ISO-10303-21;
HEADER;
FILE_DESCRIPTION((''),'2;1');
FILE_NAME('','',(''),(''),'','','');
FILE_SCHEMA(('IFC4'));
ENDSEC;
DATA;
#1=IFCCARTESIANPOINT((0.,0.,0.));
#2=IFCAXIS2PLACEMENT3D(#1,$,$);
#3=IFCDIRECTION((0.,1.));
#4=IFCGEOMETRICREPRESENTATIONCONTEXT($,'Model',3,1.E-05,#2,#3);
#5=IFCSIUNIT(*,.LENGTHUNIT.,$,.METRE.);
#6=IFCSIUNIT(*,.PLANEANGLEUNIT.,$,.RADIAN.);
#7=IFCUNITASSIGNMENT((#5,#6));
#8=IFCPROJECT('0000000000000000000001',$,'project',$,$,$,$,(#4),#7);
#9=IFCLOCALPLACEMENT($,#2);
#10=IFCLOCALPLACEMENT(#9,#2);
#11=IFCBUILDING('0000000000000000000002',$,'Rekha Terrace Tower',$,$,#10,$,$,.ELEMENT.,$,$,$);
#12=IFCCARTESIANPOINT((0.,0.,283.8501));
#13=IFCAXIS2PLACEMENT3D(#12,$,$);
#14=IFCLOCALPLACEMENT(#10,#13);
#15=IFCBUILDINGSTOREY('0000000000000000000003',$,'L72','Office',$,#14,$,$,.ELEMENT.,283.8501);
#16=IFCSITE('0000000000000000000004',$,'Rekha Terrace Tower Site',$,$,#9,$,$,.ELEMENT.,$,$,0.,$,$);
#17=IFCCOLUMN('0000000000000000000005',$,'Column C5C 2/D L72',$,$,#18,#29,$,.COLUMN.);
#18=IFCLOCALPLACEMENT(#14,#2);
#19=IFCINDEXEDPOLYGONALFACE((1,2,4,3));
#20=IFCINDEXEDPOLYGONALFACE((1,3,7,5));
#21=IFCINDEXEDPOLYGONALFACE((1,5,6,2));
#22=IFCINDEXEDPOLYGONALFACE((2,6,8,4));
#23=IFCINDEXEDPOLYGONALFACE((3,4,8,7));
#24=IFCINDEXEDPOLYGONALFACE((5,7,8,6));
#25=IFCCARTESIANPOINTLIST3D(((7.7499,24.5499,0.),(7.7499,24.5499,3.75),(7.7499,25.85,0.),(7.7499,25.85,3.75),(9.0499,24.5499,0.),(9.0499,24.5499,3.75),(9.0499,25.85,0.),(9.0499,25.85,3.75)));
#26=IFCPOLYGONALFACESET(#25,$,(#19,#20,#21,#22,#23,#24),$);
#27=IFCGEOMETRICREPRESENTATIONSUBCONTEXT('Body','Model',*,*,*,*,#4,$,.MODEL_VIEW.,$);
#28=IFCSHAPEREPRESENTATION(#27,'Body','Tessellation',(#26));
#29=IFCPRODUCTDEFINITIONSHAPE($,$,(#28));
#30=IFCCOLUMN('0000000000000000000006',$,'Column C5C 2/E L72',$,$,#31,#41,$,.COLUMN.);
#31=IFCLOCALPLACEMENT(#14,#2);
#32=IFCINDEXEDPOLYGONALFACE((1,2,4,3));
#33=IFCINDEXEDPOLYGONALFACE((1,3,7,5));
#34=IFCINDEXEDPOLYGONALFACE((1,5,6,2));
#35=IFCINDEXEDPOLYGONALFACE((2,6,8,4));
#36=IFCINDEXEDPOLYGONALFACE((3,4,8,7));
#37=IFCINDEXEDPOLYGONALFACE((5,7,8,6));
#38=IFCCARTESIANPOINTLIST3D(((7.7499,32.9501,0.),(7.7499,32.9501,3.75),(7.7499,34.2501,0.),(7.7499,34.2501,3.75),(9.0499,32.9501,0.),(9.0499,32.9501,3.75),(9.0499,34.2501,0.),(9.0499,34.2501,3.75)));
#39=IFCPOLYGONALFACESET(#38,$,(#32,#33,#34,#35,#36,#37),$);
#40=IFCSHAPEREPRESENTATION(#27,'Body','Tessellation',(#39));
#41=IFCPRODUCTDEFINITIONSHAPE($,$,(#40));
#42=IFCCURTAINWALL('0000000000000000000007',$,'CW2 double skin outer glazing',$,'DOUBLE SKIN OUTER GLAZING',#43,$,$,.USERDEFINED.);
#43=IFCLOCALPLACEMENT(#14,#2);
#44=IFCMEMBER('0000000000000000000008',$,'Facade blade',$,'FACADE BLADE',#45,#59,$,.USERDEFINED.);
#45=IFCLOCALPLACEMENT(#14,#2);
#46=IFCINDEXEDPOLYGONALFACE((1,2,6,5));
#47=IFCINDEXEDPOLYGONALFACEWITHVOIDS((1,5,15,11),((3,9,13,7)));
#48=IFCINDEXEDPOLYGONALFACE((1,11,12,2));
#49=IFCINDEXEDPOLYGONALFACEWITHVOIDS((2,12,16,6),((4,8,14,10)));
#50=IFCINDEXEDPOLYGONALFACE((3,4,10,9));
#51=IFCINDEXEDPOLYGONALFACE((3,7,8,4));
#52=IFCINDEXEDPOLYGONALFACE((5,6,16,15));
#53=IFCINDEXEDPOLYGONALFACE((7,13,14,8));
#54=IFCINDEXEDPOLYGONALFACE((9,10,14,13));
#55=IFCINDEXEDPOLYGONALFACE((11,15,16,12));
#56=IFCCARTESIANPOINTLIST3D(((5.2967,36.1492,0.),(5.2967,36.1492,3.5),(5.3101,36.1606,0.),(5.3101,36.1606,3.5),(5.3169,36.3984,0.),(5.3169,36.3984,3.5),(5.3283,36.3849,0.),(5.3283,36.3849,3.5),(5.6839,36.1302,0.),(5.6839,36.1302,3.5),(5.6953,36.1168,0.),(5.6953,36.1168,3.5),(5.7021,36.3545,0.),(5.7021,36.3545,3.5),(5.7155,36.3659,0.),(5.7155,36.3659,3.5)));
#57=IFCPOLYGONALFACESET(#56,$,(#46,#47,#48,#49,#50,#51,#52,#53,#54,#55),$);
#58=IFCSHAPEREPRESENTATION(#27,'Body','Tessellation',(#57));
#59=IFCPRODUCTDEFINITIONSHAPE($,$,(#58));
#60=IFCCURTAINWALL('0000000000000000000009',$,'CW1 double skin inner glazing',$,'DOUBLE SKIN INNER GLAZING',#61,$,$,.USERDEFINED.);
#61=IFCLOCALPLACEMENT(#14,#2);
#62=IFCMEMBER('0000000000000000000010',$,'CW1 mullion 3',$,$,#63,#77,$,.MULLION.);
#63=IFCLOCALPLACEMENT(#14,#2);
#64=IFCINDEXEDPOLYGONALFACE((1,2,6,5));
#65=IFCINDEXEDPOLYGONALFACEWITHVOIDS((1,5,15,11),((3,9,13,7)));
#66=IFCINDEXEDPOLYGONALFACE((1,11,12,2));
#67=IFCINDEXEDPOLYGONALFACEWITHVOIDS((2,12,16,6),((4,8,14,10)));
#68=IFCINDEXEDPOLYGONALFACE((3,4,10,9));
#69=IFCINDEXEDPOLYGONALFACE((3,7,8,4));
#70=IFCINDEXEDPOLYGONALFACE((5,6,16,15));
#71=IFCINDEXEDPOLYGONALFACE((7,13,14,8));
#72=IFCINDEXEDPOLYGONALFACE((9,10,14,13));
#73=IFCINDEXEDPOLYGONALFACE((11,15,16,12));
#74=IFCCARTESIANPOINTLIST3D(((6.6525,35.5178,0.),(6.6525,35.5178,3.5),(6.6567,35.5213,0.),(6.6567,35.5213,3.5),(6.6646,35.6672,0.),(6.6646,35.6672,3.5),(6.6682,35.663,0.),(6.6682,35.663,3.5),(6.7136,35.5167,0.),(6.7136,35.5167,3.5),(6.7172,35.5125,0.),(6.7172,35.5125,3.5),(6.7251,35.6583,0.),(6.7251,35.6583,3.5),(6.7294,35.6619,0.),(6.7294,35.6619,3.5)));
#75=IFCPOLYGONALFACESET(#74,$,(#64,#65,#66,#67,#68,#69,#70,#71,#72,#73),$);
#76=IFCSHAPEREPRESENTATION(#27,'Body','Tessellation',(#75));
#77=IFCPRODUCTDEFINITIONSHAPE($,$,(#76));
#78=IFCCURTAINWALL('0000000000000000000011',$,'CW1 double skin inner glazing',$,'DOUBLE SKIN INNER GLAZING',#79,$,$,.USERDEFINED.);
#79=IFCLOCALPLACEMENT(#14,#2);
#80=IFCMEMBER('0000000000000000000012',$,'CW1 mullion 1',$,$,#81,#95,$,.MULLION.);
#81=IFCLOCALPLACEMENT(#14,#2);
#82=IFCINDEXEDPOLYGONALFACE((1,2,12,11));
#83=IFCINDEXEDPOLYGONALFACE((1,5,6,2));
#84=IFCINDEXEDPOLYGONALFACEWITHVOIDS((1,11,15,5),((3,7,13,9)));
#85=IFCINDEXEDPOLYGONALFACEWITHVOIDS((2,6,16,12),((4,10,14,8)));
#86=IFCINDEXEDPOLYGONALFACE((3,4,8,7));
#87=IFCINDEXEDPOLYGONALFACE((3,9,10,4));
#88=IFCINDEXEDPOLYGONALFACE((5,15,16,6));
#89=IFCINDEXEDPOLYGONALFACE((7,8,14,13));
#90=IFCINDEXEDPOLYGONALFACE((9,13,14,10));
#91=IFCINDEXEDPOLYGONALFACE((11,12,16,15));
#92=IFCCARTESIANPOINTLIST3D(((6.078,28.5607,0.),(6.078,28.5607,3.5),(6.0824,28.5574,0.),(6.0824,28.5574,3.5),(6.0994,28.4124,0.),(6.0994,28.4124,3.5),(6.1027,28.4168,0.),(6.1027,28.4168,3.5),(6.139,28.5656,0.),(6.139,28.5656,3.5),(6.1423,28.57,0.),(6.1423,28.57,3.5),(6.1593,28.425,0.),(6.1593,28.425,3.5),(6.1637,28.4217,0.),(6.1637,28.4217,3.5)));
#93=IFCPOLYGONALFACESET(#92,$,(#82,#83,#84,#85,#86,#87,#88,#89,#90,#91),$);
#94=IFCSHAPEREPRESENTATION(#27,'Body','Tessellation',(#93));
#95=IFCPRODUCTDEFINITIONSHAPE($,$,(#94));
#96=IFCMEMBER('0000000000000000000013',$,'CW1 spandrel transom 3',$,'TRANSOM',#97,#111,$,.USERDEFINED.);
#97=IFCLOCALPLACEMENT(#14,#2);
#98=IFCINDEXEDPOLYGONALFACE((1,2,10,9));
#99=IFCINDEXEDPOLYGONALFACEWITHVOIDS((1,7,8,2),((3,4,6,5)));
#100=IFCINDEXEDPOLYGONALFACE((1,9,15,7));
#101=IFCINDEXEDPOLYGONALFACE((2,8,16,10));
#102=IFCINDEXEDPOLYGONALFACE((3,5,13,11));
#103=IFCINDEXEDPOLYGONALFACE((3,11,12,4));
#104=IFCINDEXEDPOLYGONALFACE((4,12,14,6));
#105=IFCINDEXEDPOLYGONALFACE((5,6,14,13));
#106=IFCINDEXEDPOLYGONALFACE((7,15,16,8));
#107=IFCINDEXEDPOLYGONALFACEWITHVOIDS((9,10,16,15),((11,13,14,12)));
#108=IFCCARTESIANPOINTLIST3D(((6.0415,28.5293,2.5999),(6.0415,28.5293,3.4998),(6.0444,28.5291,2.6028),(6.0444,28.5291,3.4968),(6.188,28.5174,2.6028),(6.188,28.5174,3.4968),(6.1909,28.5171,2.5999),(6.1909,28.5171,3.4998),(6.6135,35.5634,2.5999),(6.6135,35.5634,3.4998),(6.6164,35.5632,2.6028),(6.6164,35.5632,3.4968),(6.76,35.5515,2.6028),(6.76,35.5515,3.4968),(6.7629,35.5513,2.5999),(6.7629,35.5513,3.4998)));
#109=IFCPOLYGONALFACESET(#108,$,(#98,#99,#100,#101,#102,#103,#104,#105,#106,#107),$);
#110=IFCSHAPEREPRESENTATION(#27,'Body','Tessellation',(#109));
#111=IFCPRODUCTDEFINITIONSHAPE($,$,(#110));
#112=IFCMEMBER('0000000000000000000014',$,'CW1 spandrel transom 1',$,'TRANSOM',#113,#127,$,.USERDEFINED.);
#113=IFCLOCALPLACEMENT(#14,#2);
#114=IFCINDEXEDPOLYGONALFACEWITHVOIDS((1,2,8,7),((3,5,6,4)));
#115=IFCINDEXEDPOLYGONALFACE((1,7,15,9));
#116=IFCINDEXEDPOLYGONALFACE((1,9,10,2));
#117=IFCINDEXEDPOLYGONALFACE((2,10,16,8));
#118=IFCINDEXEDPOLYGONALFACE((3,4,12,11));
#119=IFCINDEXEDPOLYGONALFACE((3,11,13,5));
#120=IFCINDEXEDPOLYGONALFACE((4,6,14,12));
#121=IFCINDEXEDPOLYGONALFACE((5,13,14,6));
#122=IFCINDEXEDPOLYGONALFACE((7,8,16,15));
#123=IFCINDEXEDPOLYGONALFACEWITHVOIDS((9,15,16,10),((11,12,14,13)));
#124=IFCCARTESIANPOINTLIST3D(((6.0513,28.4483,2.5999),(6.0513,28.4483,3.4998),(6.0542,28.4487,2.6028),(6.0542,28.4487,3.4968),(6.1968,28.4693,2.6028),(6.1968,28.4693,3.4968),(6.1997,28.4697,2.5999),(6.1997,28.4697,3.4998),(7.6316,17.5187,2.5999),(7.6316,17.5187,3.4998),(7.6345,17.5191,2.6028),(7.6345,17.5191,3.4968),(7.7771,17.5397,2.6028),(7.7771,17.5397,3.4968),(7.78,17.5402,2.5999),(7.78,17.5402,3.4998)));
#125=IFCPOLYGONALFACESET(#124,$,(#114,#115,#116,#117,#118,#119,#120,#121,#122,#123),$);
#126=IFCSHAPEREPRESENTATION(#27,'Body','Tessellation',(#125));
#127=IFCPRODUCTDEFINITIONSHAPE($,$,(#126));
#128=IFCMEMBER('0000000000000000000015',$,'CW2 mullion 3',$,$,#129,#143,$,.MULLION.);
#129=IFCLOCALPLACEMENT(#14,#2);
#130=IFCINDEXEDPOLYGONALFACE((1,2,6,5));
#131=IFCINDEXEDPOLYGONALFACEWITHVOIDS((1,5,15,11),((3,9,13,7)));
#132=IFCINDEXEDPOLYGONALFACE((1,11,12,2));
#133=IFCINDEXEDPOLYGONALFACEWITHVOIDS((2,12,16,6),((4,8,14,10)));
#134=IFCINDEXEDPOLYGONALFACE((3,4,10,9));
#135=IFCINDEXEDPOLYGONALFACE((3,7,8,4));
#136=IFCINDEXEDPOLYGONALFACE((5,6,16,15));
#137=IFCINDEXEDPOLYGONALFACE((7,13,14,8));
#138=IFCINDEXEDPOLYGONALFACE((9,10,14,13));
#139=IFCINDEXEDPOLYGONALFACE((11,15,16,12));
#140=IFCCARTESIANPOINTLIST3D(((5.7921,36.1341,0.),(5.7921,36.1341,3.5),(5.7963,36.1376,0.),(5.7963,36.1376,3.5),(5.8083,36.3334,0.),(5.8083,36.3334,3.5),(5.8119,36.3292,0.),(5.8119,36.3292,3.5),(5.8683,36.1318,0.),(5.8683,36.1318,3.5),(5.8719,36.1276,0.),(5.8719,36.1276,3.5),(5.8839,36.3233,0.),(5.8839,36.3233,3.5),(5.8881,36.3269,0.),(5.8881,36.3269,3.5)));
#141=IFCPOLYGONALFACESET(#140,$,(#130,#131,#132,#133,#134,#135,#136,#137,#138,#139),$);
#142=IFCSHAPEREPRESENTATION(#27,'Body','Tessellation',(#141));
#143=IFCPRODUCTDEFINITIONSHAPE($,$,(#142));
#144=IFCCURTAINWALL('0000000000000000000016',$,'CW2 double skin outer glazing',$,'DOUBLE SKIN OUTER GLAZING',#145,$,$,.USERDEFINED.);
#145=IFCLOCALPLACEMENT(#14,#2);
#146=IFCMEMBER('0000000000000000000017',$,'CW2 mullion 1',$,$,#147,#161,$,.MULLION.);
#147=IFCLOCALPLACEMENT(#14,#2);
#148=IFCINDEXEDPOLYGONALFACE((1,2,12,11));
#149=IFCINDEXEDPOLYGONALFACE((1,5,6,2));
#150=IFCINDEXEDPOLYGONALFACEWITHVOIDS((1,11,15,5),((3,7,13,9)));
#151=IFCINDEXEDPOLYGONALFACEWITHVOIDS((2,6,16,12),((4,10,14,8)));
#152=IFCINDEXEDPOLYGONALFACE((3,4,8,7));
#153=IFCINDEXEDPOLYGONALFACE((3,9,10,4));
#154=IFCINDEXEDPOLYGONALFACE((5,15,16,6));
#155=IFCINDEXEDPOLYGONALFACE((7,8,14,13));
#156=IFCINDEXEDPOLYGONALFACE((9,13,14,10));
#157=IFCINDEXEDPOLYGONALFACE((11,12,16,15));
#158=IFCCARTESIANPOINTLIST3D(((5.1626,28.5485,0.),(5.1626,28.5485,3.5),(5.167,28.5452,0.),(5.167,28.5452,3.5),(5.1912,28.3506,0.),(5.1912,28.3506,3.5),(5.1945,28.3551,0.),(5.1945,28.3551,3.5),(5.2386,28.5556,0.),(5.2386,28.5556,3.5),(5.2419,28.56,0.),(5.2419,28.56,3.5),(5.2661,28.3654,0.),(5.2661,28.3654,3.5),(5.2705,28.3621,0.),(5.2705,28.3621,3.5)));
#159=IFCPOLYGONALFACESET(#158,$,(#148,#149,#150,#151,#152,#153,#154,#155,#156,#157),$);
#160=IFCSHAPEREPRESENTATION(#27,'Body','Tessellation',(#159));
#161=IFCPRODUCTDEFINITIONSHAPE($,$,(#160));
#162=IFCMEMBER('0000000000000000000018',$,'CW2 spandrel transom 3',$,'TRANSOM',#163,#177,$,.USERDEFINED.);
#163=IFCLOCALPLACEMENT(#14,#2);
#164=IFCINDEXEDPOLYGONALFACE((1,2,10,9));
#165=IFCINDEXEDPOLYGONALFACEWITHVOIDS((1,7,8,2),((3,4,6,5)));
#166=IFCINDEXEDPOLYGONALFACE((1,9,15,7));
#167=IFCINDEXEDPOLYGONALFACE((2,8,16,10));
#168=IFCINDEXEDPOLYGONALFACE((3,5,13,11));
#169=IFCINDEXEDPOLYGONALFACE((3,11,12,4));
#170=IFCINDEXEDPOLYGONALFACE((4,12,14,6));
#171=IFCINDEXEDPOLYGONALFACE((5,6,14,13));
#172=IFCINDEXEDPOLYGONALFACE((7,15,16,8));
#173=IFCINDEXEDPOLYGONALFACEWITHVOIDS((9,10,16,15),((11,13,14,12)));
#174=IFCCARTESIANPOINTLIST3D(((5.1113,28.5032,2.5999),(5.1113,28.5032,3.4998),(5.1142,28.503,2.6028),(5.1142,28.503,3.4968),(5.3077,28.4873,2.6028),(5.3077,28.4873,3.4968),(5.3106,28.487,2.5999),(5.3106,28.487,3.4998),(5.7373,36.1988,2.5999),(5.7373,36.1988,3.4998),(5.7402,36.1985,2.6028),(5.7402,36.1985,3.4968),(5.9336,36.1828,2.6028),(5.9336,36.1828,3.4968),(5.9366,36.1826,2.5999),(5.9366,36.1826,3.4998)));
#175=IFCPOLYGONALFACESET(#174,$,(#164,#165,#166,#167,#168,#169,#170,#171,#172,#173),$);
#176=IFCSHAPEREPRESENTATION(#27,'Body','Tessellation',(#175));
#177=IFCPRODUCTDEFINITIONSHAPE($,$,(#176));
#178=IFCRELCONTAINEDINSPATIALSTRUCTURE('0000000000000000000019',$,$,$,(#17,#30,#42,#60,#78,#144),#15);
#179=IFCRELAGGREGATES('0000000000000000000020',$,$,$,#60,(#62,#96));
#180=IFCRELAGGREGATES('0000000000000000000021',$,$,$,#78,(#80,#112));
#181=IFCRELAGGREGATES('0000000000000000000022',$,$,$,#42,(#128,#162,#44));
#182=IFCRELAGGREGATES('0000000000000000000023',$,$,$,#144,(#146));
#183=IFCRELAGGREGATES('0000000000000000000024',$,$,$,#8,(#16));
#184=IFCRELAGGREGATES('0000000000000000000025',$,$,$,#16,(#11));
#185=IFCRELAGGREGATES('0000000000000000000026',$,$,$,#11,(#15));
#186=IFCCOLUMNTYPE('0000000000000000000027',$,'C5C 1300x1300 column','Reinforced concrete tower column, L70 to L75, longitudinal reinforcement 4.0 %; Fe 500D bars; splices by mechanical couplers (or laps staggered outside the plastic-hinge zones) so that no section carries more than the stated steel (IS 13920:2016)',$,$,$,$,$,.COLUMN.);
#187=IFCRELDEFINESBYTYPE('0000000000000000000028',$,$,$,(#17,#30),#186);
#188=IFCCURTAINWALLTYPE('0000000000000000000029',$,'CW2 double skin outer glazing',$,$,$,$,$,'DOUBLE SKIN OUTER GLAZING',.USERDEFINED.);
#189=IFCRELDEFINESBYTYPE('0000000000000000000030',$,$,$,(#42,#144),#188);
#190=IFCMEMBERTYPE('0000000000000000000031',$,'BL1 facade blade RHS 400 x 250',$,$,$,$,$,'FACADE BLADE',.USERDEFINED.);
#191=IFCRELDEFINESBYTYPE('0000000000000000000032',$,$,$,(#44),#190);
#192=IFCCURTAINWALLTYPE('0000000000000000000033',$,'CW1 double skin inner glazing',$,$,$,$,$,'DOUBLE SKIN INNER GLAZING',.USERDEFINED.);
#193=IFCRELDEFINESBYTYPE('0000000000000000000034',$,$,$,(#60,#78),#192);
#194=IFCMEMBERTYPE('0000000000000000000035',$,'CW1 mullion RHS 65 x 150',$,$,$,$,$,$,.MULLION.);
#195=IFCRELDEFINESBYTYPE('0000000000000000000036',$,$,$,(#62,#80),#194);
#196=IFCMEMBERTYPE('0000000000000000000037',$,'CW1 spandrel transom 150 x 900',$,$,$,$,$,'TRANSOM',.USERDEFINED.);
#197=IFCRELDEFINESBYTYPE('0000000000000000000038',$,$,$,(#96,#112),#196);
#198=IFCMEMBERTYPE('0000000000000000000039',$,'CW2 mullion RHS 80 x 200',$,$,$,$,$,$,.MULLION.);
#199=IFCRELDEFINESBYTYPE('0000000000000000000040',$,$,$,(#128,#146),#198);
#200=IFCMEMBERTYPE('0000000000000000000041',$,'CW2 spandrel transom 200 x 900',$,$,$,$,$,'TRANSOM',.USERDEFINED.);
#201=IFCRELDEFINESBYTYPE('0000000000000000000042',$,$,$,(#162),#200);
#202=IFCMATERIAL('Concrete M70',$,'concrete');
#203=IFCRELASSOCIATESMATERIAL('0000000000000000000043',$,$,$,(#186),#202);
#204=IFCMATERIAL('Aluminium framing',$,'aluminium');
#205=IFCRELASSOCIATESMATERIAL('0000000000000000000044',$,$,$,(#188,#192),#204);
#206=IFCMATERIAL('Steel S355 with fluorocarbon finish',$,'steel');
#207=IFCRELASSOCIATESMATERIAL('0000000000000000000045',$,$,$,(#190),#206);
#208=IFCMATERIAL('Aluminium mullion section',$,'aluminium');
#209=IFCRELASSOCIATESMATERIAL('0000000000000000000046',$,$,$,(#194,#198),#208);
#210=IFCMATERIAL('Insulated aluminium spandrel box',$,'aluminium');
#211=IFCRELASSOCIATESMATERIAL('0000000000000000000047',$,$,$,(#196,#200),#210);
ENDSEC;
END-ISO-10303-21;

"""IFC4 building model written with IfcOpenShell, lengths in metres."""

from ifc_helpers import new_model, si_unit, direction, frame, origin, origin_2d, place, context, subcontext, project, spatial, rectangle, hollow_rectangle, extrude, material, material_profile, profile_set, type_object, element, aggregate, save


model = new_model("IFC4")

# Units and contexts
model_context = context("Model", 3, precision=1e-05, world=origin(), true_north=direction((0.0, 1.0)))
body_context = subcontext(model_context, "Body", "Model", "MODEL_VIEW")
ifc_project = project(units=[si_unit("LENGTHUNIT", "METRE"), si_unit("PLANEANGLEUNIT", "RADIAN")], contexts=[model_context])

# Site, building, storey
site_placement = place(None, origin())
site = spatial("IfcSite", under=ifc_project, at=site_placement, Name="Rekha Terrace Tower Site", CompositionType="ELEMENT", RefElevation=0.0)
building_placement = place(site_placement, origin())
building = spatial("IfcBuilding", under=site, at=building_placement, Name="Rekha Terrace Tower", CompositionType="ELEMENT")
storey_placement = place(building_placement, frame((0.0, 0.0, 283.8501)))
storey = spatial("IfcBuildingStorey", under=building, at=storey_placement, Name="L72", Description="Office", CompositionType="ELEMENT", Elevation=283.8501)

# Columns
ifc_material_1 = material(Name="Concrete M70", Category="concrete")
ifc_material_profile_1 = material_profile(ifc_material_1, rectangle(XDim=1.3, YDim=1.3, at=origin_2d()), Name="RC 1300x1300")
ifc_profile_set_1 = profile_set([ifc_material_profile_1], Name="Concrete M70")
column_type = type_object("IfcColumnType", Name="C5C 1300x1300 column", Description="Reinforced concrete tower column, L70 to L75, longitudinal reinforcement 4.0 %; Fe 500D bars; splices by mechanical couplers (or laps staggered outside the plastic-hinge zones) so that no section carries more than the stated steel (IS 13920:2016)", PredefinedType="COLUMN", material=ifc_profile_set_1)
for number, where, z_axis, x_axis, name in (
    (1, (8.3999, 25.2, 0.0), (0.0, 0.0, 1.0), (1.0, 0.0, 0.0), "Column C5C 2/D L72"),
    (2, (8.3999, 33.6001, 0.0), (0.0, 0.0, 1.0), (1.0, 0.0, 0.0), "Column C5C 2/E L72"),
):
    element("IfcColumn", number, at=place(storey_placement, frame(where, z_axis=z_axis, x_axis=x_axis)), inside=storey, type_object=column_type, Name=name, PredefinedType="COLUMN", context=body_context, shape_type="SweptSolid", body=[
        extrude(rectangle(XDim=1.3, YDim=1.3, at=origin_2d()), origin(), (0.0, 0.0, 1.0), 3.75),
    ])

# Curtain walls, members
ifc_material_2 = material(Name="Aluminium framing", Category="aluminium")
curtain_wall_type_1 = type_object("IfcCurtainWallType", Name="CW2 double skin outer glazing", ElementType="DOUBLE SKIN OUTER GLAZING", PredefinedType="USERDEFINED", material=ifc_material_2)
curtain_wall_1_placement = place(storey_placement, origin())
curtain_wall_1 = element("IfcCurtainWall", 3, at=curtain_wall_1_placement, inside=storey, type_object=curtain_wall_type_1, Name="CW2 double skin outer glazing", ObjectType="DOUBLE SKIN OUTER GLAZING", PredefinedType="USERDEFINED")
ifc_material_3 = material(Name="Steel S355 with fluorocarbon finish", Category="steel")
ifc_material_profile_2 = material_profile(ifc_material_3, hollow_rectangle(XDim=0.25, YDim=0.3999, WallThickness=0.0125, at=origin_2d()), Name="RHS400x250x12.5")
ifc_profile_set_2 = profile_set([ifc_material_profile_2], Name="Steel S355 with fluorocarbon finish")
member_type_1 = type_object("IfcMemberType", Name="BL1 facade blade RHS 400 x 250", ElementType="FACADE BLADE", PredefinedType="USERDEFINED", material=ifc_profile_set_2)
member_1_placement = place(storey_placement, frame((5.5061, 36.2576, 0.0), z_axis=(0.0, 0.0, 1.0), x_axis=(-0.081069, -0.996709, 0.0)))
member_1 = element("IfcMember", 4, at=member_1_placement, type_object=member_type_1, Name="Facade blade", ObjectType="FACADE BLADE", PredefinedType="USERDEFINED", context=body_context, shape_type="SweptSolid", body=[
    extrude(hollow_rectangle(XDim=0.25, YDim=0.3999, WallThickness=0.0125, at=origin_2d()), origin(), (0.0, 0.0, 1.0), 3.5),
])
curtain_wall_type_2 = type_object("IfcCurtainWallType", Name="CW1 double skin inner glazing", ElementType="DOUBLE SKIN INNER GLAZING", PredefinedType="USERDEFINED", material=ifc_material_2)
curtain_wall_2_placement = place(storey_placement, origin())
curtain_wall_2 = element("IfcCurtainWall", 5, at=curtain_wall_2_placement, inside=storey, type_object=curtain_wall_type_2, Name="CW1 double skin inner glazing", ObjectType="DOUBLE SKIN INNER GLAZING", PredefinedType="USERDEFINED")
ifc_material_4 = material(Name="Aluminium mullion section", Category="aluminium")
ifc_material_profile_3 = material_profile(ifc_material_4, hollow_rectangle(XDim=0.0649, YDim=0.1499, WallThickness=0.0039, at=origin_2d()), Name="AL RHS 65x150")
ifc_profile_set_3 = profile_set([ifc_material_profile_3], Name="Aluminium mullion section")
member_type_2 = type_object("IfcMemberType", Name="CW1 mullion RHS 65 x 150", PredefinedType="MULLION", material=ifc_profile_set_3)
member_2_placement = place(storey_placement, frame((6.6909, 35.5898, 0.0), z_axis=(0.0, 0.0, 1.0), x_axis=(0.996709, -0.081068, 0.0)))
member_2 = element("IfcMember", 6, at=member_2_placement, type_object=member_type_2, Name="CW1 mullion 3", PredefinedType="MULLION", context=body_context, shape_type="SweptSolid", body=[
    extrude(hollow_rectangle(XDim=0.0649, YDim=0.1499, WallThickness=0.0039, at=origin_2d()), origin(), (0.0, 0.0, 1.0), 3.5),
])
curtain_wall_3_placement = place(storey_placement, origin())
curtain_wall_3 = element("IfcCurtainWall", 7, at=curtain_wall_3_placement, inside=storey, type_object=curtain_wall_type_2, Name="CW1 double skin inner glazing", ObjectType="DOUBLE SKIN INNER GLAZING", PredefinedType="USERDEFINED")
member_3_placement = place(storey_placement, frame((6.1208, 28.4912, 0.0), z_axis=(0.0, 0.0, 1.0), x_axis=(0.989707, 0.143108, 0.0)))
member_3 = element("IfcMember", 8, at=member_3_placement, type_object=member_type_2, Name="CW1 mullion 1", PredefinedType="MULLION", context=body_context, shape_type="SweptSolid", body=[
    extrude(hollow_rectangle(XDim=0.0649, YDim=0.1499, WallThickness=0.0039, at=origin_2d()), origin(), (0.0, 0.0, 1.0), 3.5),
])

# Members
ifc_material_5 = material(Name="Insulated aluminium spandrel box", Category="aluminium")
ifc_material_profile_4 = material_profile(ifc_material_5, hollow_rectangle(XDim=0.1499, YDim=0.8999, WallThickness=0.0029, at=origin_2d()), Name="AL SPANDREL BOX 150x900")
ifc_profile_set_4 = profile_set([ifc_material_profile_4], Name="Insulated aluminium spandrel box")
member_type_3 = type_object("IfcMemberType", Name="CW1 spandrel transom 150 x 900", ElementType="TRANSOM", PredefinedType="USERDEFINED", material=ifc_profile_set_4)
member_4_placement = place(storey_placement, frame((6.6882, 35.5574, 3.0498), z_axis=(-0.081053, -0.99671, 0.0), x_axis=(0.99671, -0.081053, 0.0)))
member_4 = element("IfcMember", 9, at=member_4_placement, type_object=member_type_3, Name="CW1 spandrel transom 3", ObjectType="TRANSOM", PredefinedType="USERDEFINED", context=body_context, shape_type="SweptSolid", body=[
    extrude(hollow_rectangle(XDim=0.1499, YDim=0.8999, WallThickness=0.0029, at=origin_2d()), origin(), (0.0, 0.0, 1.0), 7.0574),
])
member_5_placement = place(storey_placement, frame((6.1255, 28.459, 3.0498), z_axis=(0.143105, -0.989708, 0.0), x_axis=(0.989708, 0.143105, 0.0)))
member_5 = element("IfcMember", 10, at=member_5_placement, type_object=member_type_3, Name="CW1 spandrel transom 1", ObjectType="TRANSOM", PredefinedType="USERDEFINED", context=body_context, shape_type="SweptSolid", body=[
    extrude(hollow_rectangle(XDim=0.1499, YDim=0.8999, WallThickness=0.0029, at=origin_2d()), origin(), (0.0, 0.0, 1.0), 11.0432),
])
ifc_material_profile_5 = material_profile(ifc_material_4, hollow_rectangle(XDim=0.0801, YDim=0.2, WallThickness=0.0039, at=origin_2d()), Name="AL RHS 80x200")
ifc_profile_set_5 = profile_set([ifc_material_profile_5], Name="Aluminium mullion section")
member_type_4 = type_object("IfcMemberType", Name="CW2 mullion RHS 80 x 200", PredefinedType="MULLION", material=ifc_profile_set_5)
member_6_placement = place(storey_placement, frame((5.8401, 36.2305, 0.0), z_axis=(0.0, 0.0, 1.0), x_axis=(0.996709, -0.081068, 0.0)))
member_6 = element("IfcMember", 11, at=member_6_placement, type_object=member_type_4, Name="CW2 mullion 3", PredefinedType="MULLION", context=body_context, shape_type="SweptSolid", body=[
    extrude(hollow_rectangle(XDim=0.0801, YDim=0.2, WallThickness=0.0039, at=origin_2d()), origin(), (0.0, 0.0, 1.0), 3.5),
])

# Curtain wall, member
curtain_wall_4_placement = place(storey_placement, origin())
curtain_wall_4 = element("IfcCurtainWall", 12, at=curtain_wall_4_placement, inside=storey, type_object=curtain_wall_type_1, Name="CW2 double skin outer glazing", ObjectType="DOUBLE SKIN OUTER GLAZING", PredefinedType="USERDEFINED")
member_7_placement = place(storey_placement, frame((5.2166, 28.4553, 0.0), z_axis=(0.0, 0.0, 1.0), x_axis=(0.989707, 0.143108, 0.0)))
member_7 = element("IfcMember", 13, at=member_7_placement, type_object=member_type_4, Name="CW2 mullion 1", PredefinedType="MULLION", context=body_context, shape_type="SweptSolid", body=[
    extrude(hollow_rectangle(XDim=0.0801, YDim=0.2, WallThickness=0.0039, at=origin_2d()), origin(), (0.0, 0.0, 1.0), 3.5),
])

# Member
ifc_material_profile_6 = material_profile(ifc_material_5, hollow_rectangle(XDim=0.2, YDim=0.8999, WallThickness=0.0029, at=origin_2d()), Name="AL SPANDREL BOX 200x900")
ifc_profile_set_6 = profile_set([ifc_material_profile_6], Name="Insulated aluminium spandrel box")
member_type_5 = type_object("IfcMemberType", Name="CW2 spandrel transom 200 x 900", ElementType="TRANSOM", PredefinedType="USERDEFINED", material=ifc_profile_set_6)
member_8_placement = place(storey_placement, frame((5.8369, 36.1907, 3.0498), z_axis=(-0.081075, -0.996708, 0.0), x_axis=(0.996708, -0.081075, 0.0)))
member_8 = element("IfcMember", 14, at=member_8_placement, type_object=member_type_5, Name="CW2 spandrel transom 3", ObjectType="TRANSOM", PredefinedType="USERDEFINED", context=body_context, shape_type="SweptSolid", body=[
    extrude(hollow_rectangle(XDim=0.2, YDim=0.8999, WallThickness=0.0029, at=origin_2d()), origin(), (0.0, 0.0, 1.0), 7.7209),
])

aggregate(curtain_wall_2, [member_2, member_4])
aggregate(curtain_wall_3, [member_3, member_5])
aggregate(curtain_wall_1, [member_6, member_8, member_1])
aggregate(curtain_wall_4, [member_7])

save(model, "model.ifc")
